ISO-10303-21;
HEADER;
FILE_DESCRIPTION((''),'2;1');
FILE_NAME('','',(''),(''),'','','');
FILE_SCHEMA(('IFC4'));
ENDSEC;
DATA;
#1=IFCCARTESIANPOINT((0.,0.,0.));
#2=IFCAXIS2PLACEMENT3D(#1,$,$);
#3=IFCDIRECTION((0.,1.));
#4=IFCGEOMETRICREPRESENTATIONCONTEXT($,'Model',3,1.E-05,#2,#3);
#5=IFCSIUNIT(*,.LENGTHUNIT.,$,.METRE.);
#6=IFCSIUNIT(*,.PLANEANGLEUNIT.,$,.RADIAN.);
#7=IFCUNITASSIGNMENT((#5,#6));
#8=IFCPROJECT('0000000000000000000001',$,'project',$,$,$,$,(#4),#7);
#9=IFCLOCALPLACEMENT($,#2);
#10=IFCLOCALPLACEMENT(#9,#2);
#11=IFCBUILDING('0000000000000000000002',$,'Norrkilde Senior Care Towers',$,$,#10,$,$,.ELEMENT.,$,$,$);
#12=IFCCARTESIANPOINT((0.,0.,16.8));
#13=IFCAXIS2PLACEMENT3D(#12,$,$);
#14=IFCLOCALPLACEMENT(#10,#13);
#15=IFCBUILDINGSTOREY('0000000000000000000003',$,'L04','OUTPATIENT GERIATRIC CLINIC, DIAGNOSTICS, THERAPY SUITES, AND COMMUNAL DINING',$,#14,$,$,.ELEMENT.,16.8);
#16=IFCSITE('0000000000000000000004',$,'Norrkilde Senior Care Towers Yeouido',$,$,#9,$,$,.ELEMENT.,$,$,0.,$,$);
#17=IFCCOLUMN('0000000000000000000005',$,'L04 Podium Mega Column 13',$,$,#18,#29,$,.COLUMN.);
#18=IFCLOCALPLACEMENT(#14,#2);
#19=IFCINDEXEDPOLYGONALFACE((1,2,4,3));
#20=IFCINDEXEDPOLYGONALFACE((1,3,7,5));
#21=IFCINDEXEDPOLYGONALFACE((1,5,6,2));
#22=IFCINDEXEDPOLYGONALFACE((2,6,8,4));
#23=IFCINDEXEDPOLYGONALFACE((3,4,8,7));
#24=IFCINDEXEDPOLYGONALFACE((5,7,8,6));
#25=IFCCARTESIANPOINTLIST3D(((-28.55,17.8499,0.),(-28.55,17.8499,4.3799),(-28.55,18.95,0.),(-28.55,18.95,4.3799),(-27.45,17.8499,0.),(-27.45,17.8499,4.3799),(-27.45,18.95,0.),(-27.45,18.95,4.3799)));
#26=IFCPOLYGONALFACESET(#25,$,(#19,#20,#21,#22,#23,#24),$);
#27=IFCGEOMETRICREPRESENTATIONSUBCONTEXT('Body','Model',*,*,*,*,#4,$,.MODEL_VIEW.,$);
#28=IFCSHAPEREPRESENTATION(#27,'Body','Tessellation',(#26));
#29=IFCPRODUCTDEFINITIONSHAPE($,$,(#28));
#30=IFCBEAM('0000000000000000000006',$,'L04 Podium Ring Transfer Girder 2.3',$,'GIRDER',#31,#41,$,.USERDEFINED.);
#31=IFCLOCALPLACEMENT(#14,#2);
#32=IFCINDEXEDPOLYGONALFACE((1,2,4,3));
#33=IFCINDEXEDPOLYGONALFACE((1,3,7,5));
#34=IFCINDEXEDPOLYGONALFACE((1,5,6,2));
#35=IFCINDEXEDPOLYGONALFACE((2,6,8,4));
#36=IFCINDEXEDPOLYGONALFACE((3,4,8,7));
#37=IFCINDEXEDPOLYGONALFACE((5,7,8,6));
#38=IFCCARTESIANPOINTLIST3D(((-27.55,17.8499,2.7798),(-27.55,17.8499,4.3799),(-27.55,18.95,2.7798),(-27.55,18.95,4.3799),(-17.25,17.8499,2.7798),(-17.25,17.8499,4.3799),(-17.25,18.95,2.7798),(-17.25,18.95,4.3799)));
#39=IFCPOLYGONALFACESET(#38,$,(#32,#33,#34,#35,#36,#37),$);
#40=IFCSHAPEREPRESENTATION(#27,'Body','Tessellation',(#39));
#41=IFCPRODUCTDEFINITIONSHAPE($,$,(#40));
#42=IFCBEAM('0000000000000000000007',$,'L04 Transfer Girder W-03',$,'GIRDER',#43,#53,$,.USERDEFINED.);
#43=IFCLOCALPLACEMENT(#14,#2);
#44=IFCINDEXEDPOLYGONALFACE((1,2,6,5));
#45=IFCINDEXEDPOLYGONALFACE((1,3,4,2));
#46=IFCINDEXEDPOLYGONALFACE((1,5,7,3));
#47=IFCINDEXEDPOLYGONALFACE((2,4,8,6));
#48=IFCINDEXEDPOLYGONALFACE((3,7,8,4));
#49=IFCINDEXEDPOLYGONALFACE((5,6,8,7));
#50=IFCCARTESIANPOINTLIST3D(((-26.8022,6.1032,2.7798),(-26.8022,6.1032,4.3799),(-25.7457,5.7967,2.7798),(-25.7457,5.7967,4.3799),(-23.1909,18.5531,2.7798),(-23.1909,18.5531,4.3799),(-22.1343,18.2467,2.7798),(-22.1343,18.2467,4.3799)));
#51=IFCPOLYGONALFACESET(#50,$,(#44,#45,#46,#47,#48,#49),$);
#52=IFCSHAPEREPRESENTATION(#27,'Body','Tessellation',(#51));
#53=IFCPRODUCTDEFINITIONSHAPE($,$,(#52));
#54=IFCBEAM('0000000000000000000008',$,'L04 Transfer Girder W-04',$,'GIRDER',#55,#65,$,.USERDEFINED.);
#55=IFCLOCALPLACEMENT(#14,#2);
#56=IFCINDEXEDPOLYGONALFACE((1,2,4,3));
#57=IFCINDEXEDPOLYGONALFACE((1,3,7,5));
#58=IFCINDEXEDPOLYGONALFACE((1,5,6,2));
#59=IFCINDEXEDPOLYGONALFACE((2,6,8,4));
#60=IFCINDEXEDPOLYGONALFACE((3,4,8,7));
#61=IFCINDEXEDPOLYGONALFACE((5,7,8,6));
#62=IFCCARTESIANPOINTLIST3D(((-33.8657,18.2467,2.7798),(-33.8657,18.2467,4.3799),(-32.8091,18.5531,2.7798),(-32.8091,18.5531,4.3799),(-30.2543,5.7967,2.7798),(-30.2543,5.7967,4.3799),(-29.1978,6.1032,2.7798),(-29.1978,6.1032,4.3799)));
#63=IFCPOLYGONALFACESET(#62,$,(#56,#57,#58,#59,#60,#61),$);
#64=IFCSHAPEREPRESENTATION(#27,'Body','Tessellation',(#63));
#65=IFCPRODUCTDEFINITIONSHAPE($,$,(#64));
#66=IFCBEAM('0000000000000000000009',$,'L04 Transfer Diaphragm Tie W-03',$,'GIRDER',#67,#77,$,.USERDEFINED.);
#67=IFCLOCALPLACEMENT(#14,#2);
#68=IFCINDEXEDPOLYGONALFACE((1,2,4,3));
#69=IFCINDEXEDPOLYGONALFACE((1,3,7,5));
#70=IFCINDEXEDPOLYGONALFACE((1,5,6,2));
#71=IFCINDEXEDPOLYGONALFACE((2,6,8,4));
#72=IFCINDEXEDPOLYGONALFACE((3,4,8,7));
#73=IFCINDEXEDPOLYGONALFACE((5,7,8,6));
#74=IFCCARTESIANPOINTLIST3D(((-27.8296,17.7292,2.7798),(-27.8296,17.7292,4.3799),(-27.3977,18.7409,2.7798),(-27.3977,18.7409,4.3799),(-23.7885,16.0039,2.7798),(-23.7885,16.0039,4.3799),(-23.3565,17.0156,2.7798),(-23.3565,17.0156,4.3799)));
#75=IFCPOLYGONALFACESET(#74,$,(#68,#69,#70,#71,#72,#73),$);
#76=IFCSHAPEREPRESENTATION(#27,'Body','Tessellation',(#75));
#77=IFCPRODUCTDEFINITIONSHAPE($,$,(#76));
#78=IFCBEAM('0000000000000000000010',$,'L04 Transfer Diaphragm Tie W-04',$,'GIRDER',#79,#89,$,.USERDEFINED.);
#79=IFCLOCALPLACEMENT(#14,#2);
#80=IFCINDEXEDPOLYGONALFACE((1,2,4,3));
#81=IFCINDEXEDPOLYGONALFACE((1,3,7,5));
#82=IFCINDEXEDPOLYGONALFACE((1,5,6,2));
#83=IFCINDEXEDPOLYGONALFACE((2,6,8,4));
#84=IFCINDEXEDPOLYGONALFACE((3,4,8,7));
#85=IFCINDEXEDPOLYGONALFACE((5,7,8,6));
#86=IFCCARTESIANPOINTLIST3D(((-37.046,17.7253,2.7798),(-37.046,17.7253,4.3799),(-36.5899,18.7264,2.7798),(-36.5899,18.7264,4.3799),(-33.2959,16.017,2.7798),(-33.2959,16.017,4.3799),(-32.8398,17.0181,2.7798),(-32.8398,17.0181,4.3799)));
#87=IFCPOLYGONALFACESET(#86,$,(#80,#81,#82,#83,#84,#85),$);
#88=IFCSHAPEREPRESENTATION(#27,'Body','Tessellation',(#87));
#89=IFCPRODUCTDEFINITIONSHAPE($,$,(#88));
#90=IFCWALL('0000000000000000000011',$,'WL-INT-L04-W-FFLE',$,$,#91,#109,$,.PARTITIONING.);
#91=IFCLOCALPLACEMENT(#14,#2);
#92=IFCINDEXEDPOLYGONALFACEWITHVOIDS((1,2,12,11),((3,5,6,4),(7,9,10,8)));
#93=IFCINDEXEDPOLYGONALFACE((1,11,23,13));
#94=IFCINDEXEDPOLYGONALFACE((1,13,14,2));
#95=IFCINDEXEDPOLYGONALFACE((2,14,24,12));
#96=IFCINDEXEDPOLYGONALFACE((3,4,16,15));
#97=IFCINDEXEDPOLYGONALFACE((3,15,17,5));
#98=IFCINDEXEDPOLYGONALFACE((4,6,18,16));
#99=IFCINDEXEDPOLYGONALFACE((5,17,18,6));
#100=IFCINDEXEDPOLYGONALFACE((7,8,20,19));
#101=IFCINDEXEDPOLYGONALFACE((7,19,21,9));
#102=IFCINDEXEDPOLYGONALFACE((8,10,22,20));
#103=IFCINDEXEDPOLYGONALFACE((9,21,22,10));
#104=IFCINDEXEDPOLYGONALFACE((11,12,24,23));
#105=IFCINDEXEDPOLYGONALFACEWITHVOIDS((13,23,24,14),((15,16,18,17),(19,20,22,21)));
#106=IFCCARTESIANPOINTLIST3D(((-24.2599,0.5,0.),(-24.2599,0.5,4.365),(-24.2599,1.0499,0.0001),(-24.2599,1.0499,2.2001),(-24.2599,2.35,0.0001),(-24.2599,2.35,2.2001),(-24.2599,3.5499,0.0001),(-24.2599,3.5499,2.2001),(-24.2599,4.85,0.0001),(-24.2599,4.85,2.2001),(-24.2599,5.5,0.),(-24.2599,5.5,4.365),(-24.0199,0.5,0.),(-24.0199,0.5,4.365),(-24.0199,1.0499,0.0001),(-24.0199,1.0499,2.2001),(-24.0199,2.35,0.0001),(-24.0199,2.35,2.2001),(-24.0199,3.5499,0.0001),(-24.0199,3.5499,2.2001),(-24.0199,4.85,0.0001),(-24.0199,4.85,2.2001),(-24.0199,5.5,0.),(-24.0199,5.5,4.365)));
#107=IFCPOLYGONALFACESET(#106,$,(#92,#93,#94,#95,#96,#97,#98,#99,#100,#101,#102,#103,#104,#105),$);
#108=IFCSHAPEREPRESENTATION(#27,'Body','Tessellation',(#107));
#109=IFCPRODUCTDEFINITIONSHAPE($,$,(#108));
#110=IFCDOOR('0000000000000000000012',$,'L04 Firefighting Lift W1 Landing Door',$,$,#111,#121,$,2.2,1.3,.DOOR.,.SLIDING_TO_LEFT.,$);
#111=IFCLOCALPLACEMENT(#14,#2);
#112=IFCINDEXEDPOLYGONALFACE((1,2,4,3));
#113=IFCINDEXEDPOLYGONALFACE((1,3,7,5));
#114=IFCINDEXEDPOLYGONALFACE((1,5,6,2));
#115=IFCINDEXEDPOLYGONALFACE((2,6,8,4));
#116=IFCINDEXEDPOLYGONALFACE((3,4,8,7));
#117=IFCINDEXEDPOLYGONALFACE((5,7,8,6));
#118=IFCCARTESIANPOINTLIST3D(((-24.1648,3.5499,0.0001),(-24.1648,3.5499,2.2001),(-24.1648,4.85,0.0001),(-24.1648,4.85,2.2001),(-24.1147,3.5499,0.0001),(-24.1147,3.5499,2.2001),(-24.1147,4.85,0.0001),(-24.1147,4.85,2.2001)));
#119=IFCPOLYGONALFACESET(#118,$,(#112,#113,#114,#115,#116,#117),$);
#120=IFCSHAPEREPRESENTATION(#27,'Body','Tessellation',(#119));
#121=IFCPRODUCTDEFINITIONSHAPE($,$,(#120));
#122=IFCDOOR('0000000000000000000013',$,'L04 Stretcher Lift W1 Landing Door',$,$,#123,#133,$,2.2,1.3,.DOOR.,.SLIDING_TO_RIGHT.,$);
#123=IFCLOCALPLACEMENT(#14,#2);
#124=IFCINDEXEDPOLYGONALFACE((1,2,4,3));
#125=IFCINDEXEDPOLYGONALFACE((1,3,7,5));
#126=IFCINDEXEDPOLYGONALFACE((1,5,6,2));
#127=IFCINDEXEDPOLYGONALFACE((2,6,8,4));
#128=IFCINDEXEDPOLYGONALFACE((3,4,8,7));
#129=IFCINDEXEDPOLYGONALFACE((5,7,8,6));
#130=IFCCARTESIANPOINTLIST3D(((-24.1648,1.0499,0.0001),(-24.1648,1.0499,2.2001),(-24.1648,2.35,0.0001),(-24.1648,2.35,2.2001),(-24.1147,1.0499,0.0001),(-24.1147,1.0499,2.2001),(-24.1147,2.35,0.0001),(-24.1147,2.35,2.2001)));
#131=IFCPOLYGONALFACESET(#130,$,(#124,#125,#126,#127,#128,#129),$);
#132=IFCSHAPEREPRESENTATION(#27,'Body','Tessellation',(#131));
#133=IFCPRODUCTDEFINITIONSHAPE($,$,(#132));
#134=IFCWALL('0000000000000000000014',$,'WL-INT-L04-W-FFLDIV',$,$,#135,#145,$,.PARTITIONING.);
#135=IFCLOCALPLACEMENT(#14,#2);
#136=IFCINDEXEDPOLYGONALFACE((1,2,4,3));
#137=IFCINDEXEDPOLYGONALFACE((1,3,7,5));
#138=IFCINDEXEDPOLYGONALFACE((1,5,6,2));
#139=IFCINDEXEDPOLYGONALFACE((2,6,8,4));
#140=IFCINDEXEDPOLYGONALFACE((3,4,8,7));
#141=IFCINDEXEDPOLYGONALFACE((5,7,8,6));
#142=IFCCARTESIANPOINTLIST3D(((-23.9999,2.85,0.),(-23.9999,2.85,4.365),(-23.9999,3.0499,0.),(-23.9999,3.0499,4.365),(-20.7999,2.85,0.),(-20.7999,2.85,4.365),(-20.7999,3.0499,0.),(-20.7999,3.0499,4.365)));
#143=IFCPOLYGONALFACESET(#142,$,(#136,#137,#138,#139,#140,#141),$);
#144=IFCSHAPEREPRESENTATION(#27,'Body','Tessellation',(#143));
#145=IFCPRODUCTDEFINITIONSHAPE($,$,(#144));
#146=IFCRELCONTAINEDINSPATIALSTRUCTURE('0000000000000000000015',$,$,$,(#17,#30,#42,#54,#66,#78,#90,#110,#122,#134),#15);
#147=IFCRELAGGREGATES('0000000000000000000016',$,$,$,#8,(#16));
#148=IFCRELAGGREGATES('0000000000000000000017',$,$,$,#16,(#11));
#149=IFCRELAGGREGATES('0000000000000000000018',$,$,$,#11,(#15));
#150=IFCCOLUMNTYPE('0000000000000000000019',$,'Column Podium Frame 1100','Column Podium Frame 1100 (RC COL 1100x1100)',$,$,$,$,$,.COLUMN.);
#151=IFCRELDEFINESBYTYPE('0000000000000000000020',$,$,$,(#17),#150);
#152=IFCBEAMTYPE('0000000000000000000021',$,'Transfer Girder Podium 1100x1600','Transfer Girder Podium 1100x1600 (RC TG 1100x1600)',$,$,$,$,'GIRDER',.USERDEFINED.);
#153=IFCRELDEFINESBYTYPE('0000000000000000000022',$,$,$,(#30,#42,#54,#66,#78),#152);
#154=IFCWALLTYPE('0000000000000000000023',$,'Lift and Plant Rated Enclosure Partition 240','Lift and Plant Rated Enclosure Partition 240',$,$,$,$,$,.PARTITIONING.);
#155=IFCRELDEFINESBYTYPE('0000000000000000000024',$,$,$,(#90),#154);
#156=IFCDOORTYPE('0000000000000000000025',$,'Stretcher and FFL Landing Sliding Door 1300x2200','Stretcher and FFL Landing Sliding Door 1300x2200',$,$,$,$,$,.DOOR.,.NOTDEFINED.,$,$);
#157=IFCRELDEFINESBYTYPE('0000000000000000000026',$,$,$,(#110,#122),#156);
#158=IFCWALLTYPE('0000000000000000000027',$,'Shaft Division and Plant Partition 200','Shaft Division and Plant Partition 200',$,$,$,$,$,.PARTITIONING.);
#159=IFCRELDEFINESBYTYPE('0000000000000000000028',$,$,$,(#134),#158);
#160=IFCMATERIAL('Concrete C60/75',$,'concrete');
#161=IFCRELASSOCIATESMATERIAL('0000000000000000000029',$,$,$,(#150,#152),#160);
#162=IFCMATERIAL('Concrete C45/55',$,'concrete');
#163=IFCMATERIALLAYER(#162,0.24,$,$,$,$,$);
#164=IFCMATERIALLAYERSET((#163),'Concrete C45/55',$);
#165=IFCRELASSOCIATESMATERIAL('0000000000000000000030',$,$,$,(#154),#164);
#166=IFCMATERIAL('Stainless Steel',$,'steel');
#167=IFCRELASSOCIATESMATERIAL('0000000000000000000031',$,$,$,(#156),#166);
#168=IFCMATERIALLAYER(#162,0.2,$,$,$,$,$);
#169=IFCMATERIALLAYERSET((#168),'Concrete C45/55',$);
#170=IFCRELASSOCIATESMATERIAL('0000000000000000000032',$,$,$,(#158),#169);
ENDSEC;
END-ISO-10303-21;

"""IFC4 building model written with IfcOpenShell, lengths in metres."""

from ifc_helpers import new_model, si_unit, direction, frame, frame_2d, origin, origin_2d, place, context, subcontext, project, spatial, rectangle, extrude, source, transform, mapped, material, layer, layer_set, material_profile, profile_set, type_object, type_shapes, element, fill, save


model = new_model("IFC4")

# Units and contexts
model_context = context("Model", 3, precision=1e-05, world=origin(), true_north=direction((0.0, 1.0)))
body_context = subcontext(model_context, "Body", "Model", "MODEL_VIEW")
ifc_project = project(units=[si_unit("LENGTHUNIT", "METRE"), si_unit("PLANEANGLEUNIT", "RADIAN")], contexts=[model_context])

# Site, building, storey
site_placement = place(None, origin())
site = spatial("IfcSite", under=ifc_project, at=site_placement, Name="Norrkilde Senior Care Towers Yeouido", CompositionType="ELEMENT", RefElevation=0.0)
building_placement = place(site_placement, origin())
building = spatial("IfcBuilding", under=site, at=building_placement, Name="Norrkilde Senior Care Towers", CompositionType="ELEMENT")
storey_placement = place(building_placement, frame((0.0, 0.0, 16.8)))
storey = spatial("IfcBuildingStorey", under=building, at=storey_placement, Name="L04", Description="OUTPATIENT GERIATRIC CLINIC, DIAGNOSTICS, THERAPY SUITES, AND COMMUNAL DINING", CompositionType="ELEMENT", Elevation=16.8)

# Column
ifc_material_1 = material(Name="Concrete C60/75", Category="concrete")
ifc_material_profile_1 = material_profile(ifc_material_1, rectangle(XDim=1.1001, YDim=1.1001, at=origin_2d()), Name="RC COL 1100x1100")
ifc_profile_set_1 = profile_set([ifc_material_profile_1], Name="Concrete C60/75")
column_type = type_object("IfcColumnType", Name="Column Podium Frame 1100", Description="Column Podium Frame 1100 (RC COL 1100x1100)", PredefinedType="COLUMN", material=ifc_profile_set_1)
shared_shape_1 = source(origin(), body_context, "Body", "SweptSolid", [
    extrude(rectangle(XDim=1.1001, YDim=1.1001, at=origin_2d()), origin(), (0.0, 0.0, 1.0), 4.3799),
])
type_shapes(column_type, [shared_shape_1])
column_placement = place(storey_placement, frame((-28.0, 18.3999, 0.0), z_axis=(0.0, 0.0, 1.0), x_axis=(1.0, 0.0, 0.0)))
element("IfcColumn", 1, at=column_placement, inside=storey, type_object=column_type, Name="L04 Podium Mega Column 13", PredefinedType="COLUMN", context=body_context, shape_type="MappedRepresentation", body=[
    mapped(shared_shape_1, transform((0.0, 0.0, 0.0), x_axis=(1.0, 0.0, 0.0), y_axis=(0.0, 1.0, 0.0), z_axis=(0.0, 0.0, 1.0), scale=1.0)),
])

# Beams
ifc_material_profile_2 = material_profile(ifc_material_1, rectangle(XDim=1.1001, YDim=1.6001, at=origin_2d()), Name="RC TG 1100x1600")
ifc_profile_set_2 = profile_set([ifc_material_profile_2], Name="Concrete C60/75")
beam_type = type_object("IfcBeamType", Name="Transfer Girder Podium 1100x1600", Description="Transfer Girder Podium 1100x1600 (RC TG 1100x1600)", ElementType="GIRDER", PredefinedType="USERDEFINED", material=ifc_profile_set_2)
shared_shape_2 = source(origin(), body_context, "Body", "SweptSolid", [
    extrude(rectangle(XDim=1.1001, YDim=1.6001, at=origin_2d()), origin(), (0.0, 0.0, 1.0), 10.3),
])
beam_1_placement = place(storey_placement, frame((-27.55, 18.3999, 3.5798), z_axis=(1.0, 0.0, 0.0), x_axis=(0.0, 1.0, 0.0)))
element("IfcBeam", 2, at=beam_1_placement, inside=storey, type_object=beam_type, Name="L04 Podium Ring Transfer Girder 2.3", ObjectType="GIRDER", PredefinedType="USERDEFINED", context=body_context, shape_type="MappedRepresentation", body=[
    mapped(shared_shape_2, transform((0.0, 0.0, 0.0), x_axis=(1.0, 0.0, 0.0), y_axis=(0.0, 1.0, 0.0), z_axis=(0.0, 0.0, 1.0), scale=1.0)),
])
shared_shape_3 = source(origin(), body_context, "Body", "SweptSolid", [
    extrude(rectangle(XDim=1.1001, YDim=1.6001, at=origin_2d()), origin(), (0.0, 0.0, 1.0), 12.9631),
])
for number, where, z_axis, x_axis, name in (
    (3, (-26.2739, 5.95, 3.5798), (0.278584, 0.960412, 0.0), (-0.960412, 0.278584, 0.0), "L04 Transfer Girder W-03"),
    (4, (-29.7261, 5.95, 3.5798), (-0.278584, 0.960412, 0.0), (-0.960412, -0.278584, 0.0), "L04 Transfer Girder W-04"),
):
    element("IfcBeam", number, at=place(storey_placement, frame(where, z_axis=z_axis, x_axis=x_axis)), inside=storey, type_object=beam_type, Name=name, ObjectType="GIRDER", PredefinedType="USERDEFINED", context=body_context, shape_type="MappedRepresentation", body=[
        mapped(shared_shape_3, transform((0.0, 0.0, 0.0), x_axis=(1.0, 0.0, 0.0), y_axis=(0.0, 1.0, 0.0), z_axis=(0.0, 0.0, 1.0), scale=1.0)),
    ])
shared_shape_4 = source(origin(), body_context, "Body", "SweptSolid", [
    extrude(rectangle(XDim=1.1001, YDim=1.6001, at=origin_2d()), origin(), (0.0, 0.0, 1.0), 4.394),
])
beam_2_placement = place(storey_placement, frame((-23.5725, 16.5098, 3.5798), z_axis=(-0.91969, 0.392645, 0.0), x_axis=(-0.392645, -0.91969, 0.0)))
element("IfcBeam", 5, at=beam_2_placement, inside=storey, type_object=beam_type, Name="L04 Transfer Diaphragm Tie W-03", ObjectType="GIRDER", PredefinedType="USERDEFINED", context=body_context, shape_type="MappedRepresentation", body=[
    mapped(shared_shape_4, transform((0.0, 0.0, 0.0), x_axis=(1.0, 0.0, 0.0), y_axis=(0.0, 1.0, 0.0), z_axis=(0.0, 0.0, 1.0), scale=1.0)),
])
shared_shape_5 = source(origin(), body_context, "Body", "SweptSolid", [
    extrude(rectangle(XDim=1.1001, YDim=1.6001, at=origin_2d()), origin(), (0.0, 0.0, 1.0), 4.1208),
])
type_shapes(beam_type, [shared_shape_2, shared_shape_3, shared_shape_4, shared_shape_5])
beam_3_placement = place(storey_placement, frame((-33.0679, 16.5176, 3.5798), z_axis=(-0.910027, 0.414548, 0.0), x_axis=(-0.414548, -0.910027, 0.0)))
element("IfcBeam", 6, at=beam_3_placement, inside=storey, type_object=beam_type, Name="L04 Transfer Diaphragm Tie W-04", ObjectType="GIRDER", PredefinedType="USERDEFINED", context=body_context, shape_type="MappedRepresentation", body=[
    mapped(shared_shape_5, transform((0.0, 0.0, 0.0), x_axis=(1.0, 0.0, 0.0), y_axis=(0.0, 1.0, 0.0), z_axis=(0.0, 0.0, 1.0), scale=1.0)),
])

# Shared definitions
ifc_material_2 = material(Name="Concrete C45/55", Category="concrete")

# Wall, openings, doors
ifc_layer_1 = layer(ifc_material_2, 0.24)
ifc_layer_set_1 = layer_set([ifc_layer_1], Name="Concrete C45/55")
wall_type_1 = type_object("IfcWallType", Name="Lift and Plant Rated Enclosure Partition 240", Description="Lift and Plant Rated Enclosure Partition 240", PredefinedType="PARTITIONING", material=ifc_layer_set_1)
shared_shape_6 = source(origin(), body_context, "Body", "SweptSolid", [
    extrude(rectangle(XDim=5.0, YDim=0.24, at=frame_2d((2.5, 0.0))), origin(), (0.0, 0.0, 1.0), 4.365),
])
type_shapes(wall_type_1, [shared_shape_6])
wall_1_placement = place(storey_placement, frame((-24.1399, 0.5, 0.0), z_axis=(0.0, 0.0, 1.0), x_axis=(0.0, 1.0, 0.0)))
wall_1 = element("IfcWall", 7, at=wall_1_placement, inside=storey, type_object=wall_type_1, Name="WL-INT-L04-W-FFLE", PredefinedType="PARTITIONING", context=body_context, shape_type="MappedRepresentation", body=[
    mapped(shared_shape_6, transform((0.0, 0.0, 0.0), x_axis=(1.0, 0.0, 0.0), y_axis=(0.0, 1.0, 0.0), z_axis=(0.0, 0.0, 1.0), scale=1.0)),
])
opening_1_placement = place(wall_1_placement, frame((3.05, 0.0, 0.0)))
opening_1 = element("IfcOpeningElement", 8, at=opening_1_placement, cuts=wall_1, PredefinedType="OPENING", context=body_context, shape_type="SweptSolid", body=[
    extrude(rectangle(XDim=1.3, YDim=2.2, at=frame_2d((0.6499, 1.1001))), frame((0.0, 0.1299, 0.0), z_axis=(0.0, -1.0, 0.0), x_axis=(1.0, 0.0, 0.0)), (0.0, 0.0, 1.0), 0.26),
])
opening_2_placement = place(wall_1_placement, frame((0.55, 0.0, 0.0)))
opening_2 = element("IfcOpeningElement", 9, at=opening_2_placement, cuts=wall_1, PredefinedType="OPENING", context=body_context, shape_type="SweptSolid", body=[
    extrude(rectangle(XDim=1.3, YDim=2.2, at=frame_2d((0.6499, 1.1001))), frame((0.0, 0.1299, 0.0), z_axis=(0.0, -1.0, 0.0), x_axis=(1.0, 0.0, 0.0)), (0.0, 0.0, 1.0), 0.26),
])
ifc_material_3 = material(Name="Stainless Steel", Category="steel")
door_type_1 = type_object("IfcDoorType", Name="Stretcher and FFL Landing Sliding Door 1300x2200", Description="Stretcher and FFL Landing Sliding Door 1300x2200", OperationType="NOTDEFINED", PredefinedType="DOOR", material=ifc_material_3)
shared_shape_7 = source(origin(), body_context, "Body", "SweptSolid", [
    extrude(rectangle(XDim=1.3, YDim=2.2, at=frame_2d((0.6499, 1.1001))), frame((0.0, 0.0249, 0.0), z_axis=(0.0, -1.0, 0.0), x_axis=(1.0, 0.0, 0.0)), (0.0, 0.0, 1.0), 0.05),
])
type_shapes(door_type_1, [shared_shape_7])
door_1_placement = place(opening_1_placement, origin())
door_1 = element("IfcDoor", 10, at=door_1_placement, inside=storey, type_object=door_type_1, Name="L04 Firefighting Lift W1 Landing Door", OperationType="SLIDING_TO_LEFT", OverallHeight=2.2, OverallWidth=1.3, PredefinedType="DOOR", context=body_context, shape_type="MappedRepresentation", body=[
    mapped(shared_shape_7, transform((0.0, 0.0, 0.0), x_axis=(1.0, 0.0, 0.0), y_axis=(0.0, 1.0, 0.0), z_axis=(0.0, 0.0, 1.0), scale=1.0)),
])
fill(opening_1, door_1)
door_2_placement = place(opening_2_placement, origin())
door_2 = element("IfcDoor", 11, at=door_2_placement, inside=storey, type_object=door_type_1, Name="L04 Stretcher Lift W1 Landing Door", OperationType="SLIDING_TO_RIGHT", OverallHeight=2.2, OverallWidth=1.3, PredefinedType="DOOR", context=body_context, shape_type="MappedRepresentation", body=[
    mapped(shared_shape_7, transform((0.0, 0.0, 0.0), x_axis=(1.0, 0.0, 0.0), y_axis=(0.0, 1.0, 0.0), z_axis=(0.0, 0.0, 1.0), scale=1.0)),
])
fill(opening_2, door_2)

# Wall
ifc_layer_2 = layer(ifc_material_2, 0.2)
ifc_layer_set_2 = layer_set([ifc_layer_2], Name="Concrete C45/55")
wall_type_2 = type_object("IfcWallType", Name="Shaft Division and Plant Partition 200", Description="Shaft Division and Plant Partition 200", PredefinedType="PARTITIONING", material=ifc_layer_set_2)
shared_shape_8 = source(origin(), body_context, "Body", "SweptSolid", [
    extrude(rectangle(XDim=3.2, YDim=0.2, at=frame_2d((1.6001, 0.0))), origin(), (0.0, 0.0, 1.0), 4.365),
])
wall_2_placement = place(storey_placement, frame((-24.0, 2.95, 0.0), z_axis=(0.0, 0.0, 1.0), x_axis=(1.0, 0.0, 0.0)))
element("IfcWall", 12, at=wall_2_placement, inside=storey, type_object=wall_type_2, Name="WL-INT-L04-W-FFLDIV", PredefinedType="PARTITIONING", context=body_context, shape_type="MappedRepresentation", body=[
    mapped(shared_shape_8, transform((0.0, 0.0, 0.0), x_axis=(1.0, 0.0, 0.0), y_axis=(0.0, 1.0, 0.0), z_axis=(0.0, 0.0, 1.0), scale=1.0)),
])

save(model, "model.ifc")
